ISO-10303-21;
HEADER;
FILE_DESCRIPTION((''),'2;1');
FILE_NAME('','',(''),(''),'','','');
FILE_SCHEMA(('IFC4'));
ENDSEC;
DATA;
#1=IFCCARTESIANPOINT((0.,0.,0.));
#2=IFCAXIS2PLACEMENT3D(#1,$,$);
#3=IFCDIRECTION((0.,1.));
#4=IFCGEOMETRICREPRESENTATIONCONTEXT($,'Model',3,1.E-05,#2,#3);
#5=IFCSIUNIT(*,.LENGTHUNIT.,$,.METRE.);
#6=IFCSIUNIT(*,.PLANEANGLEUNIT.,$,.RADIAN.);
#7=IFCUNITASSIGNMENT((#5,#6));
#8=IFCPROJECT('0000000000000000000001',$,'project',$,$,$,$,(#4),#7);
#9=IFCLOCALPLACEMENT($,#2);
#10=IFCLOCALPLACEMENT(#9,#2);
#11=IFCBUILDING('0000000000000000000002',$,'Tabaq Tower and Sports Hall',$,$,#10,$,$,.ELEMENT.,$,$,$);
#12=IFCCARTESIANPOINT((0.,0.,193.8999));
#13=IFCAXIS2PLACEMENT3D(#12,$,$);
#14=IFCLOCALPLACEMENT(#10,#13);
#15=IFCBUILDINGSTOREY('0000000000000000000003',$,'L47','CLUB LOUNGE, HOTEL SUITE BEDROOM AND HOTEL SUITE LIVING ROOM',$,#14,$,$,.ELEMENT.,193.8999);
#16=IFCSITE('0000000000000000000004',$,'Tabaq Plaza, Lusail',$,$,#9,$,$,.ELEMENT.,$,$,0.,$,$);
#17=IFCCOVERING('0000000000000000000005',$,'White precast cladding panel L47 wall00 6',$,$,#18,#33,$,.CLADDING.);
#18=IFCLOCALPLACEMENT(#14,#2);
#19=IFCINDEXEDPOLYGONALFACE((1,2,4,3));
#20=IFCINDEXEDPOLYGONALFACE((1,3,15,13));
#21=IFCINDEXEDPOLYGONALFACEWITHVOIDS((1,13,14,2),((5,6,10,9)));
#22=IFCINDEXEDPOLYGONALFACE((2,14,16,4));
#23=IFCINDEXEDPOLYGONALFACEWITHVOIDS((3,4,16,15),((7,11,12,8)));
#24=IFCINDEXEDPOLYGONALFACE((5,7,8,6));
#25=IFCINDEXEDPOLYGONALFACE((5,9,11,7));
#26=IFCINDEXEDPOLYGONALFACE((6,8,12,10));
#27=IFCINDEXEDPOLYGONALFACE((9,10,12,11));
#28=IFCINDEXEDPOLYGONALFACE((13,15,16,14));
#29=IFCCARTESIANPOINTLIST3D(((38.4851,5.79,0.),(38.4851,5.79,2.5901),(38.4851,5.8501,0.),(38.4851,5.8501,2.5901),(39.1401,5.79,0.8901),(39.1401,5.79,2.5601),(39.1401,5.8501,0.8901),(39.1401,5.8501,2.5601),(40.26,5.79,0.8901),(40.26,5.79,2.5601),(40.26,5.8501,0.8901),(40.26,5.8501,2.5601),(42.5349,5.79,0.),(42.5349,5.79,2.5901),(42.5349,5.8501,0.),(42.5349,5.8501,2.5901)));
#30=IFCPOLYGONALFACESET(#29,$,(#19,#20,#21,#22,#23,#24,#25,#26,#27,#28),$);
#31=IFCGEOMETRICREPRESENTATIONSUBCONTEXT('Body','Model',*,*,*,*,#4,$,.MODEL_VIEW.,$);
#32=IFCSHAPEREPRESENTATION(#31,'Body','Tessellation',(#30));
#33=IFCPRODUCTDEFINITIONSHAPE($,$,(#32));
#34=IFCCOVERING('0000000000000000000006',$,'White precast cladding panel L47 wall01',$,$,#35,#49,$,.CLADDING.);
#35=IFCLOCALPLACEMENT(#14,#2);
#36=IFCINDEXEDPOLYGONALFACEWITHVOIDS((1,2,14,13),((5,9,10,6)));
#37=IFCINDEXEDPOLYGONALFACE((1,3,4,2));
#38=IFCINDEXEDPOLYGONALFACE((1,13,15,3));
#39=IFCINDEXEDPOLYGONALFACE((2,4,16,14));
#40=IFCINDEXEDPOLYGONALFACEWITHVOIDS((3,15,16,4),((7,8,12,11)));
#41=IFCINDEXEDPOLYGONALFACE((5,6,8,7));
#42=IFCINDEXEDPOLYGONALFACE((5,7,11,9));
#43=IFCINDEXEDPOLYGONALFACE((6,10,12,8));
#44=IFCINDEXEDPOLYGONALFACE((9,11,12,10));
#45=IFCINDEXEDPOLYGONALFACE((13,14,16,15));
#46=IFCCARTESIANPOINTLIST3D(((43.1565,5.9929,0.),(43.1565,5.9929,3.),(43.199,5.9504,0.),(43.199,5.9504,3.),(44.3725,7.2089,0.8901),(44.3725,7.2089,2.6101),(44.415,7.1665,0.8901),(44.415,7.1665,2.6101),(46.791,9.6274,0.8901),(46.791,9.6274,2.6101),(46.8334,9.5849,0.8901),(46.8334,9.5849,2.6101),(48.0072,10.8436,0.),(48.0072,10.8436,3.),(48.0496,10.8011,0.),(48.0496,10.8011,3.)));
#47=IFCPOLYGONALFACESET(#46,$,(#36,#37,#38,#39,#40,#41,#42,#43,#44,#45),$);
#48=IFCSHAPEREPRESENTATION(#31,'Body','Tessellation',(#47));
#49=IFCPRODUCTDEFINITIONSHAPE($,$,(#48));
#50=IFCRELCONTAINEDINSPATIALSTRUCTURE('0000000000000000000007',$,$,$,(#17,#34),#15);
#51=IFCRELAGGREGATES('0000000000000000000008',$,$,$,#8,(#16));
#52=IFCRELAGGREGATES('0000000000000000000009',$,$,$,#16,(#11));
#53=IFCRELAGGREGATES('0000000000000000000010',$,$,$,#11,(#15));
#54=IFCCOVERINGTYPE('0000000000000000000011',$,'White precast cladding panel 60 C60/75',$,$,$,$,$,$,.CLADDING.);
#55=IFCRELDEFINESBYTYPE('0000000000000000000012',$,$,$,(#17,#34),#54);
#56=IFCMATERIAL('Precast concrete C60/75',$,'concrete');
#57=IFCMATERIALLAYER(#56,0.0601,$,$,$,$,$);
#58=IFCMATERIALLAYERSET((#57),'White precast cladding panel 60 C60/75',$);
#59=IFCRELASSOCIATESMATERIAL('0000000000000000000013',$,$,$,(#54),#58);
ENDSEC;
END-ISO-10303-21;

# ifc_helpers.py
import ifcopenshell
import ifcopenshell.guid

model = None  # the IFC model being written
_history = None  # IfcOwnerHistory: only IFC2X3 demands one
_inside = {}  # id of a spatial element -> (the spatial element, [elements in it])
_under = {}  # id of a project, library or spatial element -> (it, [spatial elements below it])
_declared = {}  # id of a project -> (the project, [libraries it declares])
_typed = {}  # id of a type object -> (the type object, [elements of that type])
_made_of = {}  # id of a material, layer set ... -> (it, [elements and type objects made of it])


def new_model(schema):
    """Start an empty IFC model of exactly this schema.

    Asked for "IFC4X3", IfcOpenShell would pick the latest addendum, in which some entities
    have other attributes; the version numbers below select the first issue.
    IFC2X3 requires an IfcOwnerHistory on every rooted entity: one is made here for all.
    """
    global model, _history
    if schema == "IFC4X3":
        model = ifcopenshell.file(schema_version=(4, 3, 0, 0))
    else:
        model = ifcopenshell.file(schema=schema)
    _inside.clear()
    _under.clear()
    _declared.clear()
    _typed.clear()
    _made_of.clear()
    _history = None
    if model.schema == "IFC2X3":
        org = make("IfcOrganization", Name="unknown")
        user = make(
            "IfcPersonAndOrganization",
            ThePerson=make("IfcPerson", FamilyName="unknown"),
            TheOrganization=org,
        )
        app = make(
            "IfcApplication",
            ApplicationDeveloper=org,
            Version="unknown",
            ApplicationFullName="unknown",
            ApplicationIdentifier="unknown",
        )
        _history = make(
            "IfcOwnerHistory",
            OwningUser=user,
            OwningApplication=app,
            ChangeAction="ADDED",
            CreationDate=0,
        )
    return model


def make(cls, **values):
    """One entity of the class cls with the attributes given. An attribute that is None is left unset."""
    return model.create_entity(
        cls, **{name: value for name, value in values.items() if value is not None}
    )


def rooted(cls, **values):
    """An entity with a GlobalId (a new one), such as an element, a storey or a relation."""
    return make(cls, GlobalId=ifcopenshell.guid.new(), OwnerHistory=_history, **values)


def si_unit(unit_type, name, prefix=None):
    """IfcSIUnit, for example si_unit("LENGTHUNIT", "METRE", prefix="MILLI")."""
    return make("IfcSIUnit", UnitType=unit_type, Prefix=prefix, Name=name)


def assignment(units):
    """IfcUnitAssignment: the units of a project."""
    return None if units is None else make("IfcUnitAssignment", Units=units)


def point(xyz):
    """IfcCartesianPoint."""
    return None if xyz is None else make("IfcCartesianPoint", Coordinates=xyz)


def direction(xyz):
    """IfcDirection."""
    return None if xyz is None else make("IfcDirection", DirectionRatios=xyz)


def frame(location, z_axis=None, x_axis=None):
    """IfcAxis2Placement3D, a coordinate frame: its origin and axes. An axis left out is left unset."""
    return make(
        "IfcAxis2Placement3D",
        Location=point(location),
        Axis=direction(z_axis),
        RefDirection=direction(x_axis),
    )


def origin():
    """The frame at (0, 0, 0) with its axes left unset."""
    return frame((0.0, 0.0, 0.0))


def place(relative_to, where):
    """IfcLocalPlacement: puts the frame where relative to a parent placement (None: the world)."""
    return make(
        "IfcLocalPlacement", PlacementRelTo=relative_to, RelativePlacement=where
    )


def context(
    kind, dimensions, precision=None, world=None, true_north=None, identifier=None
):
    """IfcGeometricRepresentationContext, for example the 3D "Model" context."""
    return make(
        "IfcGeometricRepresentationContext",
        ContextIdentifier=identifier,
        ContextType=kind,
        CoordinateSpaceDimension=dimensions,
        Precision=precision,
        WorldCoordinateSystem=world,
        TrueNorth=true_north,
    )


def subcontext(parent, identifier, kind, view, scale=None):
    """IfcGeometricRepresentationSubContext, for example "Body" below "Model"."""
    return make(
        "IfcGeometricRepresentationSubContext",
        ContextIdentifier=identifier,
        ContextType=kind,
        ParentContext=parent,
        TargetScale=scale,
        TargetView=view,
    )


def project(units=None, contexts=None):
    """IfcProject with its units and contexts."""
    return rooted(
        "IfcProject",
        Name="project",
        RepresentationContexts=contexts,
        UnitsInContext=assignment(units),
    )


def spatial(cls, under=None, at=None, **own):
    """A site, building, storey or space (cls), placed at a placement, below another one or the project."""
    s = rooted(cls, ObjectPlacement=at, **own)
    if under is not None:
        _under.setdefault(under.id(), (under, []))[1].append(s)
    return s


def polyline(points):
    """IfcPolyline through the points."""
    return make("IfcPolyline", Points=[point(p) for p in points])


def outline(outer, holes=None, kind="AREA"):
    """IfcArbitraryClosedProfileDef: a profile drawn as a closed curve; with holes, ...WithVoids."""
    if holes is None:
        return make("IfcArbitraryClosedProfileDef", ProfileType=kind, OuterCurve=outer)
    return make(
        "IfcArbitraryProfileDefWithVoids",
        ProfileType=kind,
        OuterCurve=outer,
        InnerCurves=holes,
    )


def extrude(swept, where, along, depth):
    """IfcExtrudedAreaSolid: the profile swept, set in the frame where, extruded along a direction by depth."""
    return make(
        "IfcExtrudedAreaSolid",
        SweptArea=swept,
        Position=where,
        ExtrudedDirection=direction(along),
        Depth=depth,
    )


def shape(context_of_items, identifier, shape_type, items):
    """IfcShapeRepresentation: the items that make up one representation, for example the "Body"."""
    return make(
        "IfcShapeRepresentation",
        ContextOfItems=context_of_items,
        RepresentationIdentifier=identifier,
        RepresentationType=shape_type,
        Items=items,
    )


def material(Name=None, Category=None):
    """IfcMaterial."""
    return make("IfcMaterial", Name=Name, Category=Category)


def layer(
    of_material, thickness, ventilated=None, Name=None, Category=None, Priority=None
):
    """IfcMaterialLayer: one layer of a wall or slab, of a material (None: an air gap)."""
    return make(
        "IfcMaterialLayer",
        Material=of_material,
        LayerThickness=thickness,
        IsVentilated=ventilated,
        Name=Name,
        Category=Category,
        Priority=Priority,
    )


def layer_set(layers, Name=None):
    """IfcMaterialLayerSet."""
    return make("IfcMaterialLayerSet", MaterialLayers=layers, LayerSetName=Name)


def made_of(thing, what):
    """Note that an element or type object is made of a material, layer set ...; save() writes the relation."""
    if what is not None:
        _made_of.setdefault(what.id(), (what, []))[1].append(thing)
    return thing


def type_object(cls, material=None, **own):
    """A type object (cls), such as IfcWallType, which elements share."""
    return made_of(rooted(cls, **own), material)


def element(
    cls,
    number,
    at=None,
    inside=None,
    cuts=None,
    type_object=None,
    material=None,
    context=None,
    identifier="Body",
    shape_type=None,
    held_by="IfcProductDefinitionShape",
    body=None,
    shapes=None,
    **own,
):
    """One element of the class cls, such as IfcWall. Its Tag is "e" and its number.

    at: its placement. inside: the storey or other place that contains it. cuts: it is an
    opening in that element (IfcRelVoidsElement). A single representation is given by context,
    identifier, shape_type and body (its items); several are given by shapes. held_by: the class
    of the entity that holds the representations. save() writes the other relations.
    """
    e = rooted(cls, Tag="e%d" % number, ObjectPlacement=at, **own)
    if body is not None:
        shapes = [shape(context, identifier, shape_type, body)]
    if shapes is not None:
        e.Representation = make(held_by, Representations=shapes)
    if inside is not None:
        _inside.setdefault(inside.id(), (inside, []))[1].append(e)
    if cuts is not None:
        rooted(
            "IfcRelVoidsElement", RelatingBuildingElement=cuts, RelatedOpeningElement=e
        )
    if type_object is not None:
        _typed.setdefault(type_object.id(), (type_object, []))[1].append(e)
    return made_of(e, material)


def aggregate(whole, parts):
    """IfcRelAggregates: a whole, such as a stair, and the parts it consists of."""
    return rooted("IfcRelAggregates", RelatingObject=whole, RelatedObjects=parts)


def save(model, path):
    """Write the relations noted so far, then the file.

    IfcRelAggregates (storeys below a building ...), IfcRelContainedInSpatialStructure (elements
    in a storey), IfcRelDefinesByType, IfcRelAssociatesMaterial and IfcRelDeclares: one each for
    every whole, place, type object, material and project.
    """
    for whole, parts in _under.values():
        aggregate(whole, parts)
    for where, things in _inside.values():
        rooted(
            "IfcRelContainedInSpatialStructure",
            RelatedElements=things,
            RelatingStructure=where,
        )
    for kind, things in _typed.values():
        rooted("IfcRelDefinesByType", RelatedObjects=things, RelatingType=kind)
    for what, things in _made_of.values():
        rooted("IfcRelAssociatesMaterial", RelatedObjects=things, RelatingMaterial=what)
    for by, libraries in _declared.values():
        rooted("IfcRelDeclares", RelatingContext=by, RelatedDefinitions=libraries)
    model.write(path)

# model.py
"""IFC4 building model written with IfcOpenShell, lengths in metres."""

from ifc_helpers import new_model, si_unit, direction, frame, origin, place, context, subcontext, project, spatial, polyline, outline, extrude, material, layer, layer_set, type_object, element, save


model = new_model("IFC4")

# Units and contexts
model_context = context("Model", 3, precision=1e-05, world=origin(), true_north=direction((0.0, 1.0)))
body_context = subcontext(model_context, "Body", "Model", "MODEL_VIEW")
ifc_project = project(units=[si_unit("LENGTHUNIT", "METRE"), si_unit("PLANEANGLEUNIT", "RADIAN")], contexts=[model_context])

# Site, building, storey
site_placement = place(None, origin())
site = spatial("IfcSite", under=ifc_project, at=site_placement, Name="Tabaq Plaza, Lusail", CompositionType="ELEMENT", RefElevation=0.0)
building_placement = place(site_placement, origin())
building = spatial("IfcBuilding", under=site, at=building_placement, Name="Tabaq Tower and Sports Hall", CompositionType="ELEMENT")
storey_placement = place(building_placement, frame((0.0, 0.0, 193.8999)))
storey = spatial("IfcBuildingStorey", under=building, at=storey_placement, Name="L47", Description="CLUB LOUNGE, HOTEL SUITE BEDROOM AND HOTEL SUITE LIVING ROOM", CompositionType="ELEMENT", Elevation=193.8999)

# Coverings
ifc_material_1 = material(Name="Precast concrete C60/75", Category="concrete")
ifc_layer_1 = layer(ifc_material_1, 0.0601)
ifc_layer_set_1 = layer_set([ifc_layer_1], Name="White precast cladding panel 60 C60/75")
covering_type_1 = type_object("IfcCoveringType", Name="White precast cladding panel 60 C60/75", PredefinedType="CLADDING", material=ifc_layer_set_1)
covering_1_placement = place(storey_placement, frame((38.4851, 5.8201, 0.0), z_axis=(0.0, 0.0, 1.0), x_axis=(1.0, 0.0, 0.0)))
element("IfcCovering", 1, at=covering_1_placement, inside=storey, type_object=covering_type_1, Name="White precast cladding panel L47 wall00 6", PredefinedType="CLADDING", context=body_context, shape_type="SweptSolid", body=[
    extrude(outline(polyline([(0.0, 0.0), (4.0498, 0.0), (4.0498, 2.5901), (0.0, 2.5901), (0.0, 0.0)]), holes=[polyline([(1.7749, 0.8901), (0.655, 0.8901), (0.655, 2.5601), (1.7749, 2.5601), (1.7749, 0.8901)])]), frame((0.0, 0.03, 0.0), z_axis=(0.0, -1.0, 0.0), x_axis=(1.0, 0.0, 0.0)), (0.0, 0.0, 1.0), 0.0601),
])
covering_2_placement = place(storey_placement, frame((43.1777, 5.9717, 0.0), z_axis=(0.0, 0.0, 1.0), x_axis=(0.707107, 0.707107, 0.0)))
element("IfcCovering", 2, at=covering_2_placement, inside=storey, type_object=covering_type_1, Name="White precast cladding panel L47 wall01", PredefinedType="CLADDING", context=body_context, shape_type="SweptSolid", body=[
    extrude(outline(polyline([(0.0, 0.0), (6.8599, 0.0), (6.8599, 3.0), (0.0, 3.0), (0.0, 0.0)]), holes=[polyline([(1.7197, 0.8901), (1.7197, 2.6101), (5.1399, 2.6101), (5.1399, 0.8901), (1.7197, 0.8901)])]), frame((0.0, 0.03, 0.0), z_axis=(0.0, -1.0, 0.0), x_axis=(1.0, 0.0, 0.0)), (0.0, 0.0, 1.0), 0.0601),
])

save(model, "model.ifc")
